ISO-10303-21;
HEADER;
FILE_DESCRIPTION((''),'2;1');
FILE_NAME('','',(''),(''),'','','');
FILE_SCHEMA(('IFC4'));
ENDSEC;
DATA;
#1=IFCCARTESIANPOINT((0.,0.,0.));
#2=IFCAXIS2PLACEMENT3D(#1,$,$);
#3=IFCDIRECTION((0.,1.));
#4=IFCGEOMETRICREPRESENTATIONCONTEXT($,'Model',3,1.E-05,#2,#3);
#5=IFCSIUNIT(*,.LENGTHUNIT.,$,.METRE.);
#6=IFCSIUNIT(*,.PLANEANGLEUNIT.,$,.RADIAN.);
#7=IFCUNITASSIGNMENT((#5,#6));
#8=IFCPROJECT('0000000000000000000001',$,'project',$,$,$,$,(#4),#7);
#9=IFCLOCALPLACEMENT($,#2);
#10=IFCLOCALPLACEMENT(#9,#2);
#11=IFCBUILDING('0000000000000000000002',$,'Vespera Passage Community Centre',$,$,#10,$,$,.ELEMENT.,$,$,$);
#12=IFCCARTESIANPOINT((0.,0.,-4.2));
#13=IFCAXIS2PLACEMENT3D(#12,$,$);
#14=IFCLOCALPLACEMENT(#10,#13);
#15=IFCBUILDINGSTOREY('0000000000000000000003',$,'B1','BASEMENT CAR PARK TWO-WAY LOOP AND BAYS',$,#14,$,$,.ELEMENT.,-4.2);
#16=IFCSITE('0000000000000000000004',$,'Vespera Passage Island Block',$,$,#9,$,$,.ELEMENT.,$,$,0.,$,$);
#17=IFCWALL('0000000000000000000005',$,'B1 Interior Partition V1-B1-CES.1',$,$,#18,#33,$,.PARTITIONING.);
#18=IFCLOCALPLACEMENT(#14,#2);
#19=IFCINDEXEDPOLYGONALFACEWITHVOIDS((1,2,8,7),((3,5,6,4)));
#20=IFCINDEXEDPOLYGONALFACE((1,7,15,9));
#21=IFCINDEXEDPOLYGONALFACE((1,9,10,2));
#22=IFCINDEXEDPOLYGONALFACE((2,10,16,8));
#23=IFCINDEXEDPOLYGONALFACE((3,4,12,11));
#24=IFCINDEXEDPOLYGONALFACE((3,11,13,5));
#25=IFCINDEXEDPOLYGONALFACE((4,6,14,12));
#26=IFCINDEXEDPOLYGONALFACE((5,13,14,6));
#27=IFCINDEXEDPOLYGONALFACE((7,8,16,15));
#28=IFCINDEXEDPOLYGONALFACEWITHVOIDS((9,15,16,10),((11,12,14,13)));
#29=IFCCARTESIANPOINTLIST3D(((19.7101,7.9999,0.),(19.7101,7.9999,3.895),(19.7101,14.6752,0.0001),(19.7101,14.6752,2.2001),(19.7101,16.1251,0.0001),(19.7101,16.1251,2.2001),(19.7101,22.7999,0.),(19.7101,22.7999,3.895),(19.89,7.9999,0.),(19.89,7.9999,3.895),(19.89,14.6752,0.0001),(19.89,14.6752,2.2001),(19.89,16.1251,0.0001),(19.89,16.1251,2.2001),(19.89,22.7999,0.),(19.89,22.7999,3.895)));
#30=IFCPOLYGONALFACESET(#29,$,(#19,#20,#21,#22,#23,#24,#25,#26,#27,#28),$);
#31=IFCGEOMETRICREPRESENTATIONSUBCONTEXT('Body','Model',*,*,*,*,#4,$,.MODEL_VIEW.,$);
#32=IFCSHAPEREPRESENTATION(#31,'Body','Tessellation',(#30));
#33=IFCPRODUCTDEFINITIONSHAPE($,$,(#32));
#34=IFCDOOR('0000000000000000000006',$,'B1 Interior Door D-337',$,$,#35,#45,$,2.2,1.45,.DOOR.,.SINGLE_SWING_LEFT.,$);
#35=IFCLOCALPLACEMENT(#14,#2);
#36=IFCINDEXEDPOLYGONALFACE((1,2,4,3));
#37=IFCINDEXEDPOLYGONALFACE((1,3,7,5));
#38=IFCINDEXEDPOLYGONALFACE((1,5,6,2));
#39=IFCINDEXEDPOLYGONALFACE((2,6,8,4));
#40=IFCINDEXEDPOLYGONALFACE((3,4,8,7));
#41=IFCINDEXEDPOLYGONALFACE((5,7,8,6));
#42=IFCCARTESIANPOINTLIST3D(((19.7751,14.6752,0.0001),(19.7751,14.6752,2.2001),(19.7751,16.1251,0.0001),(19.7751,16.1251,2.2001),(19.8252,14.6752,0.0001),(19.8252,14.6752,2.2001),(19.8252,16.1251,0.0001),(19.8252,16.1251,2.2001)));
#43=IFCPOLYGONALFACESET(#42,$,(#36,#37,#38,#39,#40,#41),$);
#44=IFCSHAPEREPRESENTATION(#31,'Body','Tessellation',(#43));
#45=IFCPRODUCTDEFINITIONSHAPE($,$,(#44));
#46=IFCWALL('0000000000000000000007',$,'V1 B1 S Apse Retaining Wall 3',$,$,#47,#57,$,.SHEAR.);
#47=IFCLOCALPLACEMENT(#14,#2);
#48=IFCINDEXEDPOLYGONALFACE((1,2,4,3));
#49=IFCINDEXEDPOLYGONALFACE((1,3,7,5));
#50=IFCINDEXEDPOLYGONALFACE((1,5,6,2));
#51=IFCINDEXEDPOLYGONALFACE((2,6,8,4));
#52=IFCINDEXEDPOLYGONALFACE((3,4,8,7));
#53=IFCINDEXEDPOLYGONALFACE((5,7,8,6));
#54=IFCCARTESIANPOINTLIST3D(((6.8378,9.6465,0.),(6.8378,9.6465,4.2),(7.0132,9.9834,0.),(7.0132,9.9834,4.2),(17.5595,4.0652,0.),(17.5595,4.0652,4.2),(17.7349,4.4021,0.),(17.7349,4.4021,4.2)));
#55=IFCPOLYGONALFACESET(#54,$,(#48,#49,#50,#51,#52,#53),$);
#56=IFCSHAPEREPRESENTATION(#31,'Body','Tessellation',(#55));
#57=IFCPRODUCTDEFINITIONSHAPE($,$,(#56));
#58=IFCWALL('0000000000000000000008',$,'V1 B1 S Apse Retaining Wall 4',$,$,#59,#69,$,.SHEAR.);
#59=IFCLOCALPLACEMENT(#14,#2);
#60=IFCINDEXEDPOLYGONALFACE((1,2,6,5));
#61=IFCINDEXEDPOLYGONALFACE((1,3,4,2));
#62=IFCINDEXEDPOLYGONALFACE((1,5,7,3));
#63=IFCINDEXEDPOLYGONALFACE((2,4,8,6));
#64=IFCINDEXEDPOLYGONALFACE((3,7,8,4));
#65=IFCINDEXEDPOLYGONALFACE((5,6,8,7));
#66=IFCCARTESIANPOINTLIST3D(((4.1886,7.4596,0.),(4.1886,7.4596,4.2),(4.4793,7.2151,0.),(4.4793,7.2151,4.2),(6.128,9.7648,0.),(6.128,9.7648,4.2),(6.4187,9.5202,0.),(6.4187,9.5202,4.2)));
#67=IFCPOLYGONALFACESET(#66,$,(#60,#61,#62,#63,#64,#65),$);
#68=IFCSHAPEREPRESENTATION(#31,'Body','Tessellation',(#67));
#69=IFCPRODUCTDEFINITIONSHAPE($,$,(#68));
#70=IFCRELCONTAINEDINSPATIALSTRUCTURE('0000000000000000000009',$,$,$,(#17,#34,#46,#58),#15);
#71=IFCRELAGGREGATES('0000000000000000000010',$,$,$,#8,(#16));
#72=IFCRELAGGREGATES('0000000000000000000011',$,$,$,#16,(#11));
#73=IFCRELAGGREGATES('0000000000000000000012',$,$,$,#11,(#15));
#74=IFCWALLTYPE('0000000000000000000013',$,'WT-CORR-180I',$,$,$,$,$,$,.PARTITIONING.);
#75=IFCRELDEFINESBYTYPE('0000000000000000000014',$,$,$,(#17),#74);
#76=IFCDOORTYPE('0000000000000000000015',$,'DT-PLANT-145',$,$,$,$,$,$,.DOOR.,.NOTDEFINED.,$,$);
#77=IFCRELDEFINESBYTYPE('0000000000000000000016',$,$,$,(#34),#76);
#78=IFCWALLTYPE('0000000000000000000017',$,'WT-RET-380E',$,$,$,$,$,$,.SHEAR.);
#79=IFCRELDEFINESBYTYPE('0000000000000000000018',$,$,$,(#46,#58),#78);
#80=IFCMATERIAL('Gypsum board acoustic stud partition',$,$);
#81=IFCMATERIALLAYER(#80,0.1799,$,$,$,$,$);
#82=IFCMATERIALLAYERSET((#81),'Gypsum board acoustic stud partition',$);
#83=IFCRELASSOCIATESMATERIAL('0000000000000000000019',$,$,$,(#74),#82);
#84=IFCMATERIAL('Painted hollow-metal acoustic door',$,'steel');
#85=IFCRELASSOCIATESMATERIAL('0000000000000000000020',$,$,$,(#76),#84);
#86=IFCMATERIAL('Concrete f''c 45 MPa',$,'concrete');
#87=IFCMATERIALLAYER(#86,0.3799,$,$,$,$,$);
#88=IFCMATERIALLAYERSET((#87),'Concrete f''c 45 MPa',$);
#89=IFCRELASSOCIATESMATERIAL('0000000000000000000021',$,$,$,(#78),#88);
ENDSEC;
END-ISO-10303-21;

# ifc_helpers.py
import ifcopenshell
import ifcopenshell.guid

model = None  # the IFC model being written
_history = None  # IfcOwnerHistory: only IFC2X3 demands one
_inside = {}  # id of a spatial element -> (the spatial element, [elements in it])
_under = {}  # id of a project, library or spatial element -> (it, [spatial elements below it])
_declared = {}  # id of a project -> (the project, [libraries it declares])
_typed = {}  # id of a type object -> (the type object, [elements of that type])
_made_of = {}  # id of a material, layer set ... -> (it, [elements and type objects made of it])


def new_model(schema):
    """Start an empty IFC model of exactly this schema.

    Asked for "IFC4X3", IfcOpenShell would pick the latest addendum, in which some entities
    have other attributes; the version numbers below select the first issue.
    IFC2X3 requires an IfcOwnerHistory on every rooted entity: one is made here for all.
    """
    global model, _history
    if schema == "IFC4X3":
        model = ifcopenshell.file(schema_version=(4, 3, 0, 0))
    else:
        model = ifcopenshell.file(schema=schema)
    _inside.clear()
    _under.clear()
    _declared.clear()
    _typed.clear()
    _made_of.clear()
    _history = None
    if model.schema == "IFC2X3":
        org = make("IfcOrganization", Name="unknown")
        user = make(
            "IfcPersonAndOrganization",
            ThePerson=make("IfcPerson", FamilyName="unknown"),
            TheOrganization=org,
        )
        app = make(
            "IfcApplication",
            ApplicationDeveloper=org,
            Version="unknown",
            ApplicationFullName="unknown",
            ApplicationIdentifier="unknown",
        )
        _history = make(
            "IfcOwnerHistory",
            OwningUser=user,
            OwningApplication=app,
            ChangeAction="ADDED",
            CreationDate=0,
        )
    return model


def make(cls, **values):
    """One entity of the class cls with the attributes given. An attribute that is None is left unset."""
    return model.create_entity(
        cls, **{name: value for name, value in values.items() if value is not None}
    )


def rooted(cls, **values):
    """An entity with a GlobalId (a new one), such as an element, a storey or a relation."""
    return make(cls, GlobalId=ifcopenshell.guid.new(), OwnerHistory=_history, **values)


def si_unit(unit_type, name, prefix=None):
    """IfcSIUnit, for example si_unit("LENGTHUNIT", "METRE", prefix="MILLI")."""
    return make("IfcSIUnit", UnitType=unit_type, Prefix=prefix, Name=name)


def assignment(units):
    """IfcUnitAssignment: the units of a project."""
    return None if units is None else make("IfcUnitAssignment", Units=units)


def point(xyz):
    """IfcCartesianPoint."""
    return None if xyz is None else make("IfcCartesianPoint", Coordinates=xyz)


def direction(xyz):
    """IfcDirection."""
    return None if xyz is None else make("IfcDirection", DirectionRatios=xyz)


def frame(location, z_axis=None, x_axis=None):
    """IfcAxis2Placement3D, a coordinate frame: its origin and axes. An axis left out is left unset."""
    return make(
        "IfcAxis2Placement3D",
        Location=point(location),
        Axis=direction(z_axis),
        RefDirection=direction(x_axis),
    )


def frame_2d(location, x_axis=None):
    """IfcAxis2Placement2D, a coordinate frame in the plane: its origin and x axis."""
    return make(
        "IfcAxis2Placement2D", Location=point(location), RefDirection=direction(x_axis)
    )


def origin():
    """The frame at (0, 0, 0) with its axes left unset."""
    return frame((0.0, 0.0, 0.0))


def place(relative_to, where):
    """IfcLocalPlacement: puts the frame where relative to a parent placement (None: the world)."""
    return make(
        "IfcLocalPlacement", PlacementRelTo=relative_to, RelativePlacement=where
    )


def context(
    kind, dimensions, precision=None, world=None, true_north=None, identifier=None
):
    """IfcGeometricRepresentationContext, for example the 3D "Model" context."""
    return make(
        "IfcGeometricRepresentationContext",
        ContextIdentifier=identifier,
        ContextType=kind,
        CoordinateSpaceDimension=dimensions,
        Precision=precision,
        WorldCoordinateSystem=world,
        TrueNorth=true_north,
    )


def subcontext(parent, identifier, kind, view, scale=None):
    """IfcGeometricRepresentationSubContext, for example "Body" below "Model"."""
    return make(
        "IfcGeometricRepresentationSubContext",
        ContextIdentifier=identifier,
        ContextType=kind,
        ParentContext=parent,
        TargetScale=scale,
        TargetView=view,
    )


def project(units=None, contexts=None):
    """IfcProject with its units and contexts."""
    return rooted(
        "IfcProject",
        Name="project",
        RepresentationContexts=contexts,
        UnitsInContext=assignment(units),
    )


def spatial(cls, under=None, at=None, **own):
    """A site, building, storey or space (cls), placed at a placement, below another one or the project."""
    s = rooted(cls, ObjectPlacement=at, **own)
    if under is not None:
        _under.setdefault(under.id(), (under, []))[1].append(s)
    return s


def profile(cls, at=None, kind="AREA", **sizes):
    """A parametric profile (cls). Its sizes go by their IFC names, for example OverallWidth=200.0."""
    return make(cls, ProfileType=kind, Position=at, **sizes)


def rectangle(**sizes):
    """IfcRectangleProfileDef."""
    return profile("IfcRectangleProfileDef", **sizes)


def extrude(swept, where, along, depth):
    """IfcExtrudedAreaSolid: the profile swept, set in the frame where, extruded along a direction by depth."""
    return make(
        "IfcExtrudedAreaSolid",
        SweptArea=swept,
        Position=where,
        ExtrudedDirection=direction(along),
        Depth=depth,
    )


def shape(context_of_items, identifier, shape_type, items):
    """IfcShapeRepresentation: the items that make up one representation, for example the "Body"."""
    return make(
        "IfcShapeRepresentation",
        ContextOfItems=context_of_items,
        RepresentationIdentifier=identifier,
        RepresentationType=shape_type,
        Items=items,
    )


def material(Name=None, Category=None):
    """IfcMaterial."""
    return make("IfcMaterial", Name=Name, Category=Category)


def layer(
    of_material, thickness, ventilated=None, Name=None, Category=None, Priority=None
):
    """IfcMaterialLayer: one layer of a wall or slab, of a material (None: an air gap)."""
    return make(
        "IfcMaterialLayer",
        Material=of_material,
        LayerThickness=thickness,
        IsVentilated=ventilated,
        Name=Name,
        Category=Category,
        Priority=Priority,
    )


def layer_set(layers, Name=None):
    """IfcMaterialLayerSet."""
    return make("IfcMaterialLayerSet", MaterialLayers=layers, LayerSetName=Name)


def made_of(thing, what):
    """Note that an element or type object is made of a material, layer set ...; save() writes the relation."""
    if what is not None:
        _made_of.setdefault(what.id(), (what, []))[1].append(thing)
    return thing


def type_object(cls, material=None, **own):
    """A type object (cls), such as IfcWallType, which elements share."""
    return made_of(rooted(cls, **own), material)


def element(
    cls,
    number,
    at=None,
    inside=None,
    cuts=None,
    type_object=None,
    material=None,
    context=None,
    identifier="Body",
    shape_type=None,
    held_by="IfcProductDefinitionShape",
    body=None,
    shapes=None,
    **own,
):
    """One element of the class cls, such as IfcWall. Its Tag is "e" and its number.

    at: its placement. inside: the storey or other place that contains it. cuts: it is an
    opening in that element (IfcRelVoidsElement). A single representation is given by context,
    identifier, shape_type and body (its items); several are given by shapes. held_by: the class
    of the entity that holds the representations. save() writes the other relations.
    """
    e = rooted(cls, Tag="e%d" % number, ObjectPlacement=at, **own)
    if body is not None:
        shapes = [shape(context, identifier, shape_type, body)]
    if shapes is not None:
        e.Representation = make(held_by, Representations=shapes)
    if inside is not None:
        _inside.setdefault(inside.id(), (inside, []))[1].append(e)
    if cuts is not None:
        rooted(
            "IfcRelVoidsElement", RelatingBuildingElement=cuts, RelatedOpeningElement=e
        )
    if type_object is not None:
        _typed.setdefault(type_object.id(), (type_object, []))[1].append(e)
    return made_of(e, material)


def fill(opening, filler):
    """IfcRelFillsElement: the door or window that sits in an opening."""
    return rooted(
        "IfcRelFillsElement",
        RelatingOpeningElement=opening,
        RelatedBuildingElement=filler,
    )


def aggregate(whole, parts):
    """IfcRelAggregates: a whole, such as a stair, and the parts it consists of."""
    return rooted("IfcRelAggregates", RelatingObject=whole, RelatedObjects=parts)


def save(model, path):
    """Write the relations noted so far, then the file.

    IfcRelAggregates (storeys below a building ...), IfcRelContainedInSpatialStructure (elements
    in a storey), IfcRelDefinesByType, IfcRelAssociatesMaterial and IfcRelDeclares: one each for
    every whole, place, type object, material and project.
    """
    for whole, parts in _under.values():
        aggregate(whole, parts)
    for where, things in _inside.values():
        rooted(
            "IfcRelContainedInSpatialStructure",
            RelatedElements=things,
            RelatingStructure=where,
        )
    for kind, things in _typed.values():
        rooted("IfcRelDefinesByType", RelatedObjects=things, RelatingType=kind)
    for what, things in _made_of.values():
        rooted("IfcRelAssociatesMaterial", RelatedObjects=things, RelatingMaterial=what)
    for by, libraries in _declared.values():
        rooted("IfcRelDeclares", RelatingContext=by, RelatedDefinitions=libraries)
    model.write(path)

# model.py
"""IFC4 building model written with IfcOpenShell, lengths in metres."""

from ifc_helpers import new_model, si_unit, direction, frame, frame_2d, origin, place, context, subcontext, project, spatial, rectangle, extrude, material, layer, layer_set, type_object, element, fill, save


model = new_model("IFC4")

# Units and contexts
model_context = context("Model", 3, precision=1e-05, world=origin(), true_north=direction((0.0, 1.0)))
body_context = subcontext(model_context, "Body", "Model", "MODEL_VIEW")
ifc_project = project(units=[si_unit("LENGTHUNIT", "METRE"), si_unit("PLANEANGLEUNIT", "RADIAN")], contexts=[model_context])

# Site, building, storey
site_placement = place(None, origin())
site = spatial("IfcSite", under=ifc_project, at=site_placement, Name="Vespera Passage Island Block", CompositionType="ELEMENT", RefElevation=0.0)
building_placement = place(site_placement, origin())
building = spatial("IfcBuilding", under=site, at=building_placement, Name="Vespera Passage Community Centre", CompositionType="ELEMENT")
storey_placement = place(building_placement, frame((0.0, 0.0, -4.2)))
storey = spatial("IfcBuildingStorey", under=building, at=storey_placement, Name="B1", Description="BASEMENT CAR PARK TWO-WAY LOOP AND BAYS", CompositionType="ELEMENT", Elevation=-4.2)

# Wall, opening, door
ifc_material_1 = material(Name="Gypsum board acoustic stud partition")
ifc_layer_1 = layer(ifc_material_1, 0.1799)
ifc_layer_set_1 = layer_set([ifc_layer_1], Name="Gypsum board acoustic stud partition")
wall_type_1 = type_object("IfcWallType", Name="WT-CORR-180I", PredefinedType="PARTITIONING", material=ifc_layer_set_1)
ifc_material_2 = material(Name="Painted hollow-metal acoustic door", Category="steel")
door_type = type_object("IfcDoorType", Name="DT-PLANT-145", OperationType="NOTDEFINED", PredefinedType="DOOR", material=ifc_material_2)
wall_1_placement = place(storey_placement, frame((19.8, 8.0, 0.0), z_axis=(0.0, 0.0, 1.0), x_axis=(0.0, 1.0, 0.0)))
wall_1 = element("IfcWall", 1, at=wall_1_placement, inside=storey, type_object=wall_type_1, Name="B1 Interior Partition V1-B1-CES.1", PredefinedType="PARTITIONING", context=body_context, shape_type="SweptSolid", body=[
    extrude(rectangle(XDim=14.8, YDim=0.1799, at=frame_2d((7.3999, 0.0))), origin(), (0.0, 0.0, 1.0), 3.895),
])
opening_1_placement = place(wall_1_placement, frame((6.675, 0.0, 0.0)))
opening_1 = element("IfcOpeningElement", 2, at=opening_1_placement, cuts=wall_1, PredefinedType="OPENING", context=body_context, shape_type="SweptSolid", body=[
    extrude(rectangle(XDim=1.45, YDim=2.2, at=frame_2d((0.7251, 1.1001))), frame((0.0, 0.0999, 0.0), z_axis=(0.0, -1.0, 0.0), x_axis=(1.0, 0.0, 0.0)), (0.0, 0.0, 1.0), 0.2),
])
door_1_placement = place(opening_1_placement, origin())
door_1 = element("IfcDoor", 3, at=door_1_placement, inside=storey, type_object=door_type, Name="B1 Interior Door D-337", OperationType="SINGLE_SWING_LEFT", OverallHeight=2.2, OverallWidth=1.45, PredefinedType="DOOR", context=body_context, shape_type="SweptSolid", body=[
    extrude(rectangle(XDim=1.45, YDim=2.2, at=frame_2d((0.7251, 1.1001))), frame((0.0, 0.0249, 0.0), z_axis=(0.0, -1.0, 0.0), x_axis=(1.0, 0.0, 0.0)), (0.0, 0.0, 1.0), 0.05),
])
fill(opening_1, door_1)

# Walls
ifc_material_3 = material(Name="Concrete f'c 45 MPa", Category="concrete")
ifc_layer_2 = layer(ifc_material_3, 0.3799)
ifc_layer_set_2 = layer_set([ifc_layer_2], Name="Concrete f'c 45 MPa")
wall_type_2 = type_object("IfcWallType", Name="WT-RET-380E", PredefinedType="SHEAR", material=ifc_layer_set_2)
wall_2_placement = place(storey_placement, frame((17.6472, 4.2336, 0.0), z_axis=(0.0, 0.0, 1.0), x_axis=(-0.887013, 0.461745, 0.0)))
element("IfcWall", 4, at=wall_2_placement, inside=storey, type_object=wall_type_2, Name="V1 B1 S Apse Retaining Wall 3", PredefinedType="SHEAR", context=body_context, shape_type="SweptSolid", body=[
    extrude(rectangle(XDim=12.0874, YDim=0.3799, at=frame_2d((6.0437, 0.0))), origin(), (0.0, 0.0, 1.0), 4.2),
])
wall_3_placement = place(storey_placement, frame((6.2734, 9.6426, 0.0), z_axis=(0.0, 0.0, 1.0), x_axis=(-0.643796, -0.765197, 0.0)))
element("IfcWall", 5, at=wall_3_placement, inside=storey, type_object=wall_type_2, Name="V1 B1 S Apse Retaining Wall 4", PredefinedType="SHEAR", context=body_context, shape_type="SweptSolid", body=[
    extrude(rectangle(XDim=3.0125, YDim=0.3799, at=frame_2d((1.5063, 0.0))), origin(), (0.0, 0.0, 1.0), 4.2),
])

save(model, "model.ifc")
